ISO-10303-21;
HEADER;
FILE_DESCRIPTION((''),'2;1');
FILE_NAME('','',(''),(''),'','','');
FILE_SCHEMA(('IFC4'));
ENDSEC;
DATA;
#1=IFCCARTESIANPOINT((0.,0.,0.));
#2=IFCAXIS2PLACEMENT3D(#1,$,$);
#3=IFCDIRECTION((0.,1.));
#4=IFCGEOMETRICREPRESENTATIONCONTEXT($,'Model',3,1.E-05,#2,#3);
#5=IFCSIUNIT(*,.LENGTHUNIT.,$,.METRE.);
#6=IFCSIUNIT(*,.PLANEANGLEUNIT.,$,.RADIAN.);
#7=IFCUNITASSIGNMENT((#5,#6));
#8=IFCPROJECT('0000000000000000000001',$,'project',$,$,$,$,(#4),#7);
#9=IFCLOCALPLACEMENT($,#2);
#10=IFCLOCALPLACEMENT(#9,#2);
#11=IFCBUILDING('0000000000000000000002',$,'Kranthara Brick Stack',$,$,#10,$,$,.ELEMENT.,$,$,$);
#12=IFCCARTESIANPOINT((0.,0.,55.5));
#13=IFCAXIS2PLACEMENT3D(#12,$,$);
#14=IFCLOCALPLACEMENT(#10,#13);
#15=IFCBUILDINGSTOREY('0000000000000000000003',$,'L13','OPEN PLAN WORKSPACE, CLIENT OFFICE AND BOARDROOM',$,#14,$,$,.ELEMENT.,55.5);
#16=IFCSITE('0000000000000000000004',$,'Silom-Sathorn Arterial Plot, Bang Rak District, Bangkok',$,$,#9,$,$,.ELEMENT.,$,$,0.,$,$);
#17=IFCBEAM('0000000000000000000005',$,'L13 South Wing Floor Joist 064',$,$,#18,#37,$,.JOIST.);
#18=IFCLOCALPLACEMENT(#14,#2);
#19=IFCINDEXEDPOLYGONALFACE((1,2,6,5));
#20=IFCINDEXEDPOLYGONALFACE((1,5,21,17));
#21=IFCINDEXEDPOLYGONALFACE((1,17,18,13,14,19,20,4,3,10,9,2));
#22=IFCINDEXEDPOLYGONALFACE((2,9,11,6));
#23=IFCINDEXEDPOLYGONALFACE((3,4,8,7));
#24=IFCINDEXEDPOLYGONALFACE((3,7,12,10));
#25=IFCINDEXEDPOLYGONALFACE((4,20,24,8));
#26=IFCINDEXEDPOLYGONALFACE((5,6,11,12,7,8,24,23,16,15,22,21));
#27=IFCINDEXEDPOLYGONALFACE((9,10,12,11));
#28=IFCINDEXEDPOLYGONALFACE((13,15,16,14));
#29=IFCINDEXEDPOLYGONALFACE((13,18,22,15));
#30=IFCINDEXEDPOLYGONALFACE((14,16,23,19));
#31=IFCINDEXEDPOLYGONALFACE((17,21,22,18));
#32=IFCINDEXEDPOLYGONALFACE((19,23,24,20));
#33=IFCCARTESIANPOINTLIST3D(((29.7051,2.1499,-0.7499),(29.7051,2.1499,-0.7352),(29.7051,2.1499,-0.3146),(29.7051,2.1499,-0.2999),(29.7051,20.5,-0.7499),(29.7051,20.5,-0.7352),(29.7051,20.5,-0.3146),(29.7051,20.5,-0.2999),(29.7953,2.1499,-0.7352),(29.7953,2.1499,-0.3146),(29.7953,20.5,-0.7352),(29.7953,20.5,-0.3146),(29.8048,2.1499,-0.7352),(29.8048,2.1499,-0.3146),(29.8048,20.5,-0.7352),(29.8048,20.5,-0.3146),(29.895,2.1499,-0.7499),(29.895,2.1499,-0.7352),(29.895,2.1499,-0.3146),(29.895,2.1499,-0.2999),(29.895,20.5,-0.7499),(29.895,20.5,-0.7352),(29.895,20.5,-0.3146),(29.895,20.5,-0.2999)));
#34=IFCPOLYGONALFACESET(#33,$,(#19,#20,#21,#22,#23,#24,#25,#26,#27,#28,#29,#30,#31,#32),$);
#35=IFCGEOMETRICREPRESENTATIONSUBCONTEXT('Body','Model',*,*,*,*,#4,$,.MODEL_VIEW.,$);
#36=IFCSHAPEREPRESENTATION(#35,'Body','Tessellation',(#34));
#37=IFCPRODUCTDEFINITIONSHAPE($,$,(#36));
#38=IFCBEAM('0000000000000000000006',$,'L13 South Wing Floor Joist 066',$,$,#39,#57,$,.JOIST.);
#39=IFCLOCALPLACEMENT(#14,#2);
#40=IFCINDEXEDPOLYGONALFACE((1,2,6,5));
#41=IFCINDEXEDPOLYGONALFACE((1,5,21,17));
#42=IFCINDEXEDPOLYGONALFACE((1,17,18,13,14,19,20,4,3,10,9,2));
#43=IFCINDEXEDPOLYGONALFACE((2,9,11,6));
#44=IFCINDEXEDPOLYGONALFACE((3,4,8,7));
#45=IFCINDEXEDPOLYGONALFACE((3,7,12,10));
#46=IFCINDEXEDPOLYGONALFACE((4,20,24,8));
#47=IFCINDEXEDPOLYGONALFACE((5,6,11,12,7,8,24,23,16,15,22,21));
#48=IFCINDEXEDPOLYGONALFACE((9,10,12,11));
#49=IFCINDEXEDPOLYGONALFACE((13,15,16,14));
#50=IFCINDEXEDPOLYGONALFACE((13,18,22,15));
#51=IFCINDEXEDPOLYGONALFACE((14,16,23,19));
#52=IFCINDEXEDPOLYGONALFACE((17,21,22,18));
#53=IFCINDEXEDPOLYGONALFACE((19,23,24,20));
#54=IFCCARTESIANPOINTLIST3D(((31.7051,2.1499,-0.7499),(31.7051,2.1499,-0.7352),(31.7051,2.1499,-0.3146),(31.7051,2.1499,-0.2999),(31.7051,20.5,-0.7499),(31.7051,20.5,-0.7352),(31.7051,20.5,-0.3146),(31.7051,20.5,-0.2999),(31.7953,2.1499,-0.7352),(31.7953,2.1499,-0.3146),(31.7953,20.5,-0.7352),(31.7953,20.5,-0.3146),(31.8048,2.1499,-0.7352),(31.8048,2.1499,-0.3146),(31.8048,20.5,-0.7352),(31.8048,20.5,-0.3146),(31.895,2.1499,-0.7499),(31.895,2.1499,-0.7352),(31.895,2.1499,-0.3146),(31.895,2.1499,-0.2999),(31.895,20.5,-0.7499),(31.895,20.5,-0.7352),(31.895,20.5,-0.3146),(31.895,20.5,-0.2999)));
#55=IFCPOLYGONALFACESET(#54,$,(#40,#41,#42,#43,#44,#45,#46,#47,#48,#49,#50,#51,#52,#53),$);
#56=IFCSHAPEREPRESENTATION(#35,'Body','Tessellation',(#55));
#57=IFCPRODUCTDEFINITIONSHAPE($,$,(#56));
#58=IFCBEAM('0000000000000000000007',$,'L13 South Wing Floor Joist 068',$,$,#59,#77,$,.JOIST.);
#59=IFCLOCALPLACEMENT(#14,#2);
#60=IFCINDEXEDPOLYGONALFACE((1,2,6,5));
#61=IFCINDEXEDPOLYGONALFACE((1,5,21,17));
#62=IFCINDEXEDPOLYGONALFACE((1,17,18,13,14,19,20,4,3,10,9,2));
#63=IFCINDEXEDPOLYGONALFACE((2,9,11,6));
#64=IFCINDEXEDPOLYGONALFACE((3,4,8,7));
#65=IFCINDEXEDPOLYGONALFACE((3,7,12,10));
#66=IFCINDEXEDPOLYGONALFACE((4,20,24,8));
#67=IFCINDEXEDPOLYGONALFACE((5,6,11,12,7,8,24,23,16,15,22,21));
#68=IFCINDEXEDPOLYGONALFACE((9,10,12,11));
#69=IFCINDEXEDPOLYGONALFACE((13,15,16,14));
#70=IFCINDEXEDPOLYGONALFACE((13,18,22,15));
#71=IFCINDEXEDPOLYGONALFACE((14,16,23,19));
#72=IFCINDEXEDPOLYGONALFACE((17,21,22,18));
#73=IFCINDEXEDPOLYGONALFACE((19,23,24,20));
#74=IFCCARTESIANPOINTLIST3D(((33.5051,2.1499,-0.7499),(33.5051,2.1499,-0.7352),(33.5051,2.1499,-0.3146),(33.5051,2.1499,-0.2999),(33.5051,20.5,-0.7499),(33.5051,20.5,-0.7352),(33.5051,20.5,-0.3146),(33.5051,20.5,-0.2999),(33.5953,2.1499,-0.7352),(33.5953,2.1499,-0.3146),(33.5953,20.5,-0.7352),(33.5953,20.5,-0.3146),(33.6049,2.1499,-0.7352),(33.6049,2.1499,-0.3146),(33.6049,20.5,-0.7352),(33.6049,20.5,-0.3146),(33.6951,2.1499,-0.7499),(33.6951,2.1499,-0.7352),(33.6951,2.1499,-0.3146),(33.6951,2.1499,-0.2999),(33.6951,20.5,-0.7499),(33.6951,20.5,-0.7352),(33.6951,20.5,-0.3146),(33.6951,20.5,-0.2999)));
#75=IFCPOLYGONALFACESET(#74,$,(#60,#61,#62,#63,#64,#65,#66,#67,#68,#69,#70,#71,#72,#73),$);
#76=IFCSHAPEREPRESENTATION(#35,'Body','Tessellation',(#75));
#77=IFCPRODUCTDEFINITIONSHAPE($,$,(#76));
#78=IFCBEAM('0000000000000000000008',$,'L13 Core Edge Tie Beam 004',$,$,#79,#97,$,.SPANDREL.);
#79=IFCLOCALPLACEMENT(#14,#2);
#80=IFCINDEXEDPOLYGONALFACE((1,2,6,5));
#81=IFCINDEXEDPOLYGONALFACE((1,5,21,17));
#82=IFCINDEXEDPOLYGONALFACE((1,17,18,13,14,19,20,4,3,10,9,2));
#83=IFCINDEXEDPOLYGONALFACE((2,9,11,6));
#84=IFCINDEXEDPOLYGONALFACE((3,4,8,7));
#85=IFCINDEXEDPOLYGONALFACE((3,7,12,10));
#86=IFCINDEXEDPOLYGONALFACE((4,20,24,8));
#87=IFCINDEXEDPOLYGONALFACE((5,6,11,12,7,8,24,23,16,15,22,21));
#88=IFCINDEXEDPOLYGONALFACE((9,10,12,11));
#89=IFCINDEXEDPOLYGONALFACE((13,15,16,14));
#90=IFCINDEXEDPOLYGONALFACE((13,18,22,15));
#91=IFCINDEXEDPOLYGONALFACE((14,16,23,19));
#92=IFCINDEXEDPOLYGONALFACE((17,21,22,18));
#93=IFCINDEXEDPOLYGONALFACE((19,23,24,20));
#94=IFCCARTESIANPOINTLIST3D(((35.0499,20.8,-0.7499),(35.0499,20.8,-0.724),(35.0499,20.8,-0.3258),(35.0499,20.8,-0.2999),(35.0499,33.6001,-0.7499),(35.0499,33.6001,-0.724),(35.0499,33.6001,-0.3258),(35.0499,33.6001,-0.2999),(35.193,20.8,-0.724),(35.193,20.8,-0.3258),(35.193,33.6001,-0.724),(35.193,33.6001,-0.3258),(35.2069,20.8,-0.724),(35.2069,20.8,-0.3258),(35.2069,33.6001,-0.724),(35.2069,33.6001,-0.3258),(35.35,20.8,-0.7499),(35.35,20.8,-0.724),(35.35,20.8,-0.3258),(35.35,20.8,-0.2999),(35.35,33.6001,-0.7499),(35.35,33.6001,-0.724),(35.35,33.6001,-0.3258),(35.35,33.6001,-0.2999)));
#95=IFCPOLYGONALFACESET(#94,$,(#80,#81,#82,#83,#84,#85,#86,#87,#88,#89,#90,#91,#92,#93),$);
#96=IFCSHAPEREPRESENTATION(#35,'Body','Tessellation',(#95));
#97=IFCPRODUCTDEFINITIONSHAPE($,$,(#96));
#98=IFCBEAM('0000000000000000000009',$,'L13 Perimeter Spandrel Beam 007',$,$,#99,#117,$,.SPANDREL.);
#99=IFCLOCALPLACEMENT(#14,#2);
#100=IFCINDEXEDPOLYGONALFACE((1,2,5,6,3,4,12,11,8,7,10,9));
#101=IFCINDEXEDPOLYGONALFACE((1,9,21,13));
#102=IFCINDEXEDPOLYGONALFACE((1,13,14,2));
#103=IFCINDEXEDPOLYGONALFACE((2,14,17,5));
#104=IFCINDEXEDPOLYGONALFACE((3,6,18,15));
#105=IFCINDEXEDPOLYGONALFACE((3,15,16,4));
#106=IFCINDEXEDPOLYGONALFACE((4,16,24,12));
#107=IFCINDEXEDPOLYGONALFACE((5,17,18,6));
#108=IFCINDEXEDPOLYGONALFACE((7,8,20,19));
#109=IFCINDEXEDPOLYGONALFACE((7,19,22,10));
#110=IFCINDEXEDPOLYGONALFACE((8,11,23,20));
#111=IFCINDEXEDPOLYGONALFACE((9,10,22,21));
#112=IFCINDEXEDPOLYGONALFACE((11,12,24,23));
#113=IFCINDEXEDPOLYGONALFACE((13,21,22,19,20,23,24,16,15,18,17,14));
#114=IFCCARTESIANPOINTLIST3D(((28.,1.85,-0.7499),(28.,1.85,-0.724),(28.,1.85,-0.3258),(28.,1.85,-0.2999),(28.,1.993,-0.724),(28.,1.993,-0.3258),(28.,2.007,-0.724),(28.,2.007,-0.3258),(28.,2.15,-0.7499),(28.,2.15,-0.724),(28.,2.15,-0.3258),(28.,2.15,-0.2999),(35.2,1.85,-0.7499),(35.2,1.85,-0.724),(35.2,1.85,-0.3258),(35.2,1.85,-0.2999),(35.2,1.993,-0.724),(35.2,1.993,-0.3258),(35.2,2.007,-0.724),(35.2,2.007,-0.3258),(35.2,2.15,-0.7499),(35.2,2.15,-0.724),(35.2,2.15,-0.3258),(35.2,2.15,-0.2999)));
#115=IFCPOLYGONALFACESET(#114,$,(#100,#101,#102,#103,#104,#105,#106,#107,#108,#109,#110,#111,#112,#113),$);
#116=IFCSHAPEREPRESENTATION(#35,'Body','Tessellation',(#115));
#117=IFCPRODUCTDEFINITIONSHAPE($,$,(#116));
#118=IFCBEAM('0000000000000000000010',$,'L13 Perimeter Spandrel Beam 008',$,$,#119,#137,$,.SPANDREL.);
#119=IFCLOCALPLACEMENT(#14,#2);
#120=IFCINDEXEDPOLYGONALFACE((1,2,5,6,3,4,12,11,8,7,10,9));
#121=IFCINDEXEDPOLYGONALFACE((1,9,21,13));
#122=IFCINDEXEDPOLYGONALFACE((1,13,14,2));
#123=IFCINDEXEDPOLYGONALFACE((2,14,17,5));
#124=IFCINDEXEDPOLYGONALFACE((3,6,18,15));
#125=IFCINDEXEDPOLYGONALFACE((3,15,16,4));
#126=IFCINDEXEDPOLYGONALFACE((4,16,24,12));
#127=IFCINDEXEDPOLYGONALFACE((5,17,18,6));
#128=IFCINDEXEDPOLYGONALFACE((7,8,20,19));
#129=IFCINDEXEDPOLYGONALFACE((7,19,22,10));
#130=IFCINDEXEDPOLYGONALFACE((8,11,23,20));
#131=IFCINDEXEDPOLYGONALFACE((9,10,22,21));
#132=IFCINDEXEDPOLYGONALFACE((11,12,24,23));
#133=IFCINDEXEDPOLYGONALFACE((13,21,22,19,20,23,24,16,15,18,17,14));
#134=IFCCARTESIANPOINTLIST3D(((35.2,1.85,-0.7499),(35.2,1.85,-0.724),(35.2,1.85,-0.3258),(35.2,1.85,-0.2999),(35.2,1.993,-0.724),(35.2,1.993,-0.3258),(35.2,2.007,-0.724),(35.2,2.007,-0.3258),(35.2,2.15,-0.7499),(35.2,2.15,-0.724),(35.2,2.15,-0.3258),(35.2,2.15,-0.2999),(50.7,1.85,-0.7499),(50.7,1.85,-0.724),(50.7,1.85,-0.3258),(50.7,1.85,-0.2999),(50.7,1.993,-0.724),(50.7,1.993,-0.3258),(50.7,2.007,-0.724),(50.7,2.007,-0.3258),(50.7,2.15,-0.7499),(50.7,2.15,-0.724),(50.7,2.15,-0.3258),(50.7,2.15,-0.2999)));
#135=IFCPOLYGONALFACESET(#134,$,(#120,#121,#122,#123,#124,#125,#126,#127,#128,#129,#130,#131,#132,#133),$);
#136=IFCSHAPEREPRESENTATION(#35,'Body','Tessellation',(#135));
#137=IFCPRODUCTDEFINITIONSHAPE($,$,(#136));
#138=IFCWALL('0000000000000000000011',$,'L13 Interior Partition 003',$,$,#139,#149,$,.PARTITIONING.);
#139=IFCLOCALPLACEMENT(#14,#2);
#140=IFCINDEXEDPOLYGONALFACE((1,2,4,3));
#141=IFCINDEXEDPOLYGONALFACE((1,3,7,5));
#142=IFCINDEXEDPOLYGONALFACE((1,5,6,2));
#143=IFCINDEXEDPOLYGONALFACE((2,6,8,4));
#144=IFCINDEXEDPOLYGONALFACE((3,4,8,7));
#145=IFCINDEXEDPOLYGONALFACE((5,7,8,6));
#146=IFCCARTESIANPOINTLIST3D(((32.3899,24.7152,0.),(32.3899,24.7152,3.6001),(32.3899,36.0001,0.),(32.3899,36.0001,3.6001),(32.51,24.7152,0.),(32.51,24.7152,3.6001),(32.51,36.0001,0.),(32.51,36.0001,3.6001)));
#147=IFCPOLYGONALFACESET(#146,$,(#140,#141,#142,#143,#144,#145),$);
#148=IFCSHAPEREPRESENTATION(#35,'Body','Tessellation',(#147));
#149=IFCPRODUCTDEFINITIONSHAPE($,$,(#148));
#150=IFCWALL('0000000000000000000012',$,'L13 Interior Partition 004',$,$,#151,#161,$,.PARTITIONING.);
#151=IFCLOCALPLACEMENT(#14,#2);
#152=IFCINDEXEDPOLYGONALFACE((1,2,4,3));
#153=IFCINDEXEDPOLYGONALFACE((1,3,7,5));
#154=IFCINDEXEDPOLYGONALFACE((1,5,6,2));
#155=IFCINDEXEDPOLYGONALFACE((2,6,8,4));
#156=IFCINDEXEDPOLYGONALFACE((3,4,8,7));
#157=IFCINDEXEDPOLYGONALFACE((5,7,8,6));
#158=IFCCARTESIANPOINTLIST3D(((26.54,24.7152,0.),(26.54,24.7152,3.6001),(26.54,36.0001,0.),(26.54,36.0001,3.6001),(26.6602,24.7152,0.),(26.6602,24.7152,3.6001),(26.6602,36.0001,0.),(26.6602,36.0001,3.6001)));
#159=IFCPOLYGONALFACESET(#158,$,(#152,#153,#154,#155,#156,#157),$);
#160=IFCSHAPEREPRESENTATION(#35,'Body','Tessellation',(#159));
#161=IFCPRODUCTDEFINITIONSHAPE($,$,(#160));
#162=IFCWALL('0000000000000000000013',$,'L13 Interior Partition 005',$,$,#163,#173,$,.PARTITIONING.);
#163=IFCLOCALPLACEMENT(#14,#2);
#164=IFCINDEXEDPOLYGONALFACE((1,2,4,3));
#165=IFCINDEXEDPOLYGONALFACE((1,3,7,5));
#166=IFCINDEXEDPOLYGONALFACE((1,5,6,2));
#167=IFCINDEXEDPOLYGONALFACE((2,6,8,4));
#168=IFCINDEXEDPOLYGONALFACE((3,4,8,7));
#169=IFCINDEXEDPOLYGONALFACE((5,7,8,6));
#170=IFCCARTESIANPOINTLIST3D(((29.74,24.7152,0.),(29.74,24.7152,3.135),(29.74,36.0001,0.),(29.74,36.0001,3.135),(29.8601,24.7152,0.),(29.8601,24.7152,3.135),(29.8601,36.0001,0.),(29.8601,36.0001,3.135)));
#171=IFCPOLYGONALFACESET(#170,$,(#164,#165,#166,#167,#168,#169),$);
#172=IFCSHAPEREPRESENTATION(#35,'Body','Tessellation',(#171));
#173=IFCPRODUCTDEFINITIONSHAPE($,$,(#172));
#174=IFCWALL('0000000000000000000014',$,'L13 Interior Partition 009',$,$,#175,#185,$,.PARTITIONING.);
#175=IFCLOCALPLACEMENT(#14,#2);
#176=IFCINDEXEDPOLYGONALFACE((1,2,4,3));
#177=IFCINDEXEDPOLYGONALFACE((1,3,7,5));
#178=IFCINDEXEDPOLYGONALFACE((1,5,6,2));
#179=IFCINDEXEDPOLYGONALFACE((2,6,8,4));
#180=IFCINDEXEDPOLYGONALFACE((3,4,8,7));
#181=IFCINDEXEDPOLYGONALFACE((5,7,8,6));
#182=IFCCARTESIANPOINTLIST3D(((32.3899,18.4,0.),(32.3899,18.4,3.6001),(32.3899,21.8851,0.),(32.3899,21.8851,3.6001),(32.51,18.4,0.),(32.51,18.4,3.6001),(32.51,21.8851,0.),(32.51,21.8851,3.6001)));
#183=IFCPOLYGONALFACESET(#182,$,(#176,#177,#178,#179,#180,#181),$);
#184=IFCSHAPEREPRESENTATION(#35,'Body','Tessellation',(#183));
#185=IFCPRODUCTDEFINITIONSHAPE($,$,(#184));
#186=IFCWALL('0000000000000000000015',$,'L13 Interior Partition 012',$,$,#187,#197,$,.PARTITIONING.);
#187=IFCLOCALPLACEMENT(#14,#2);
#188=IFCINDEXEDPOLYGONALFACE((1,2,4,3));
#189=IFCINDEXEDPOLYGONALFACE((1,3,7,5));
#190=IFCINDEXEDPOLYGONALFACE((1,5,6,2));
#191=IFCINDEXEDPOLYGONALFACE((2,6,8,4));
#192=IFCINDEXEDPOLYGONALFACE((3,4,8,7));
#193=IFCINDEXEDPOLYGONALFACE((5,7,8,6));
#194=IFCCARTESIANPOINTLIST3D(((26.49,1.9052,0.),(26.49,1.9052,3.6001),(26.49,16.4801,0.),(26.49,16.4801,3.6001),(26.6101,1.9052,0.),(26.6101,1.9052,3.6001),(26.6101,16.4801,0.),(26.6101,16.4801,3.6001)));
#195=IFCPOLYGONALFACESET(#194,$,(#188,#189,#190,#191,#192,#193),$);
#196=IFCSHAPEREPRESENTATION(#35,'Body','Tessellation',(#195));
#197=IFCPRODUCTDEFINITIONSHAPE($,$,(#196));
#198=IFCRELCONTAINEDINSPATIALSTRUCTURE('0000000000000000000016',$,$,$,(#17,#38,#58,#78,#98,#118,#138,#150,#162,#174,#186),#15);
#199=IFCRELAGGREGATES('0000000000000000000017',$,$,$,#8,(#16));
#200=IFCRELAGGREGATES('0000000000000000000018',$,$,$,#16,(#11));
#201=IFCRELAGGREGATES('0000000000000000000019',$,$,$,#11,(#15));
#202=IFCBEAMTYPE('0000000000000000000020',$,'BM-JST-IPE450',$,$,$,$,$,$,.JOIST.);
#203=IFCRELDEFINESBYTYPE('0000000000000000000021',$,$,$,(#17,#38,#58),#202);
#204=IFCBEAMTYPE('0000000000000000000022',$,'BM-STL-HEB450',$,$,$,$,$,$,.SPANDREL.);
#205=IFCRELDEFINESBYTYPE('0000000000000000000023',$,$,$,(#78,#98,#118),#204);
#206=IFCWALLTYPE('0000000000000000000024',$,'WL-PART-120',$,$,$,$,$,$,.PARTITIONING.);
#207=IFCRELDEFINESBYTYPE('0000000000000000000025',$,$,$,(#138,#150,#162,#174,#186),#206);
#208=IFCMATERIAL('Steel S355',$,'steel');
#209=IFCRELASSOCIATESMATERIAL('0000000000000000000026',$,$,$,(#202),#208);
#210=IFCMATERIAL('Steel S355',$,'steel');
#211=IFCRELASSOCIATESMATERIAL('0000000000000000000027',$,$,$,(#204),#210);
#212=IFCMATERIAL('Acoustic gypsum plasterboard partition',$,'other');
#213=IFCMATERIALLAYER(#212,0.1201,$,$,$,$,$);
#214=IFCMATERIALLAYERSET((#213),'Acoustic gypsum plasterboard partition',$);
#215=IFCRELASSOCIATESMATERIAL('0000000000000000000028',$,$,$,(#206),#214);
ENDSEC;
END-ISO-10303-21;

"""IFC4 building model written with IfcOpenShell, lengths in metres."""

from ifc_helpers import new_model, si_unit, direction, frame, frame_2d, origin, origin_2d, place, context, subcontext, project, spatial, rectangle, i_section, extrude, material, layer, layer_set, material_profile, profile_set, type_object, element, save


model = new_model("IFC4")

# Units and contexts
model_context = context("Model", 3, precision=1e-05, world=origin(), true_north=direction((0.0, 1.0)))
body_context = subcontext(model_context, "Body", "Model", "MODEL_VIEW")
ifc_project = project(units=[si_unit("LENGTHUNIT", "METRE"), si_unit("PLANEANGLEUNIT", "RADIAN")], contexts=[model_context])

# Site, building, storey
site_placement = place(None, origin())
site = spatial("IfcSite", under=ifc_project, at=site_placement, Name="Silom-Sathorn Arterial Plot, Bang Rak District, Bangkok", CompositionType="ELEMENT", RefElevation=0.0)
building_placement = place(site_placement, origin())
building = spatial("IfcBuilding", under=site, at=building_placement, Name="Kranthara Brick Stack", CompositionType="ELEMENT")
storey_placement = place(building_placement, frame((0.0, 0.0, 55.5)))
storey = spatial("IfcBuildingStorey", under=building, at=storey_placement, Name="L13", Description="OPEN PLAN WORKSPACE, CLIENT OFFICE AND BOARDROOM", CompositionType="ELEMENT", Elevation=55.5)

# Beams
ifc_material_1 = material(Name="Steel S355", Category="steel")
ifc_material_profile_1 = material_profile(ifc_material_1, i_section(OverallWidth=0.1899, OverallDepth=0.45, WebThickness=0.0095, FlangeThickness=0.0146, at=origin_2d()), Name="IPE 450")
ifc_profile_set_1 = profile_set([ifc_material_profile_1], Name="Steel S355")
beam_type_1 = type_object("IfcBeamType", Name="BM-JST-IPE450", PredefinedType="JOIST", material=ifc_profile_set_1)
for number, where, z_axis, x_axis, name in (
    (1, (29.8, 2.1499, -0.5249), (0.0, 1.0, 0.0), (-1.0, 0.0, 0.0), "L13 South Wing Floor Joist 064"),
    (2, (31.8, 2.1499, -0.5249), (0.0, 1.0, 0.0), (-1.0, 0.0, 0.0), "L13 South Wing Floor Joist 066"),
    (3, (33.6001, 2.1499, -0.5249), (0.0, 1.0, 0.0), (-1.0, 0.0, 0.0), "L13 South Wing Floor Joist 068"),
):
    element("IfcBeam", number, at=place(storey_placement, frame(where, z_axis=z_axis, x_axis=x_axis)), inside=storey, type_object=beam_type_1, Name=name, PredefinedType="JOIST", context=body_context, shape_type="SweptSolid", body=[
        extrude(i_section(OverallWidth=0.1899, OverallDepth=0.45, WebThickness=0.0095, FlangeThickness=0.0146, at=origin_2d()), origin(), (0.0, 0.0, 1.0), 18.3501),
    ])
ifc_material_2 = material(Name="Steel S355", Category="steel")
ifc_material_profile_2 = material_profile(ifc_material_2, i_section(OverallWidth=0.3, OverallDepth=0.45, WebThickness=0.0139, FlangeThickness=0.0259, at=origin_2d()), Name="HEB 450")
ifc_profile_set_2 = profile_set([ifc_material_profile_2], Name="Steel S355")
beam_type_2 = type_object("IfcBeamType", Name="BM-STL-HEB450", PredefinedType="SPANDREL", material=ifc_profile_set_2)
beam_1_placement = place(storey_placement, frame((35.2, 20.8, -0.5249), z_axis=(0.0, 1.0, 0.0), x_axis=(-1.0, 0.0, 0.0)))
element("IfcBeam", 4, at=beam_1_placement, inside=storey, type_object=beam_type_2, Name="L13 Core Edge Tie Beam 004", PredefinedType="SPANDREL", context=body_context, shape_type="SweptSolid", body=[
    extrude(i_section(OverallWidth=0.3, OverallDepth=0.45, WebThickness=0.0139, FlangeThickness=0.0259, at=origin_2d()), origin(), (0.0, 0.0, 1.0), 12.8),
])
beam_2_placement = place(storey_placement, frame((28.0, 2.0, -0.5249), z_axis=(1.0, 0.0, 0.0), x_axis=(0.0, 1.0, 0.0)))
element("IfcBeam", 5, at=beam_2_placement, inside=storey, type_object=beam_type_2, Name="L13 Perimeter Spandrel Beam 007", PredefinedType="SPANDREL", context=body_context, shape_type="SweptSolid", body=[
    extrude(i_section(OverallWidth=0.3, OverallDepth=0.45, WebThickness=0.0139, FlangeThickness=0.0259, at=origin_2d()), origin(), (0.0, 0.0, 1.0), 7.2),
])
beam_3_placement = place(storey_placement, frame((35.2, 2.0, -0.5249), z_axis=(1.0, 0.0, 0.0), x_axis=(0.0, 1.0, 0.0)))
element("IfcBeam", 6, at=beam_3_placement, inside=storey, type_object=beam_type_2, Name="L13 Perimeter Spandrel Beam 008", PredefinedType="SPANDREL", context=body_context, shape_type="SweptSolid", body=[
    extrude(i_section(OverallWidth=0.3, OverallDepth=0.45, WebThickness=0.0139, FlangeThickness=0.0259, at=origin_2d()), origin(), (0.0, 0.0, 1.0), 15.5),
])

# Walls
ifc_material_3 = material(Name="Acoustic gypsum plasterboard partition", Category="other")
ifc_layer_1 = layer(ifc_material_3, 0.1201)
ifc_layer_set_1 = layer_set([ifc_layer_1], Name="Acoustic gypsum plasterboard partition")
wall_type_1 = type_object("IfcWallType", Name="WL-PART-120", PredefinedType="PARTITIONING", material=ifc_layer_set_1)
for number, where, z_axis, x_axis, name in (
    (7, (32.45, 24.7151, 0.0), (0.0, 0.0, 1.0), (0.0, 1.0, 0.0), "L13 Interior Partition 003"),
    (8, (26.6001, 24.7151, 0.0), (0.0, 0.0, 1.0), (0.0, 1.0, 0.0), "L13 Interior Partition 004"),
):
    element("IfcWall", number, at=place(storey_placement, frame(where, z_axis=z_axis, x_axis=x_axis)), inside=storey, type_object=wall_type_1, Name=name, PredefinedType="PARTITIONING", context=body_context, shape_type="SweptSolid", body=[
        extrude(rectangle(XDim=11.2849, YDim=0.1201, at=frame_2d((5.6426, 0.0))), origin(), (0.0, 0.0, 1.0), 3.6001),
    ])
wall_1_placement = place(storey_placement, frame((29.8, 24.7151, 0.0), z_axis=(0.0, 0.0, 1.0), x_axis=(0.0, 1.0, 0.0)))
element("IfcWall", 9, at=wall_1_placement, inside=storey, type_object=wall_type_1, Name="L13 Interior Partition 005", PredefinedType="PARTITIONING", context=body_context, shape_type="SweptSolid", body=[
    extrude(rectangle(XDim=11.2849, YDim=0.1201, at=frame_2d((5.6426, 0.0))), origin(), (0.0, 0.0, 1.0), 3.135),
])
wall_2_placement = place(storey_placement, frame((32.45, 18.3999, 0.0), z_axis=(0.0, 0.0, 1.0), x_axis=(0.0, 1.0, 0.0)))
element("IfcWall", 10, at=wall_2_placement, inside=storey, type_object=wall_type_1, Name="L13 Interior Partition 009", PredefinedType="PARTITIONING", context=body_context, shape_type="SweptSolid", body=[
    extrude(rectangle(XDim=3.4851, YDim=0.1201, at=frame_2d((1.7427, 0.0))), origin(), (0.0, 0.0, 1.0), 3.6001),
])
wall_3_placement = place(storey_placement, frame((26.55, 1.905, 0.0), z_axis=(0.0, 0.0, 1.0), x_axis=(0.0, 1.0, 0.0)))
element("IfcWall", 11, at=wall_3_placement, inside=storey, type_object=wall_type_1, Name="L13 Interior Partition 012", PredefinedType="PARTITIONING", context=body_context, shape_type="SweptSolid", body=[
    extrude(rectangle(XDim=14.575, YDim=0.1201, at=frame_2d((7.2876, 0.0))), origin(), (0.0, 0.0, 1.0), 3.6001),
])

save(model, "model.ifc")
